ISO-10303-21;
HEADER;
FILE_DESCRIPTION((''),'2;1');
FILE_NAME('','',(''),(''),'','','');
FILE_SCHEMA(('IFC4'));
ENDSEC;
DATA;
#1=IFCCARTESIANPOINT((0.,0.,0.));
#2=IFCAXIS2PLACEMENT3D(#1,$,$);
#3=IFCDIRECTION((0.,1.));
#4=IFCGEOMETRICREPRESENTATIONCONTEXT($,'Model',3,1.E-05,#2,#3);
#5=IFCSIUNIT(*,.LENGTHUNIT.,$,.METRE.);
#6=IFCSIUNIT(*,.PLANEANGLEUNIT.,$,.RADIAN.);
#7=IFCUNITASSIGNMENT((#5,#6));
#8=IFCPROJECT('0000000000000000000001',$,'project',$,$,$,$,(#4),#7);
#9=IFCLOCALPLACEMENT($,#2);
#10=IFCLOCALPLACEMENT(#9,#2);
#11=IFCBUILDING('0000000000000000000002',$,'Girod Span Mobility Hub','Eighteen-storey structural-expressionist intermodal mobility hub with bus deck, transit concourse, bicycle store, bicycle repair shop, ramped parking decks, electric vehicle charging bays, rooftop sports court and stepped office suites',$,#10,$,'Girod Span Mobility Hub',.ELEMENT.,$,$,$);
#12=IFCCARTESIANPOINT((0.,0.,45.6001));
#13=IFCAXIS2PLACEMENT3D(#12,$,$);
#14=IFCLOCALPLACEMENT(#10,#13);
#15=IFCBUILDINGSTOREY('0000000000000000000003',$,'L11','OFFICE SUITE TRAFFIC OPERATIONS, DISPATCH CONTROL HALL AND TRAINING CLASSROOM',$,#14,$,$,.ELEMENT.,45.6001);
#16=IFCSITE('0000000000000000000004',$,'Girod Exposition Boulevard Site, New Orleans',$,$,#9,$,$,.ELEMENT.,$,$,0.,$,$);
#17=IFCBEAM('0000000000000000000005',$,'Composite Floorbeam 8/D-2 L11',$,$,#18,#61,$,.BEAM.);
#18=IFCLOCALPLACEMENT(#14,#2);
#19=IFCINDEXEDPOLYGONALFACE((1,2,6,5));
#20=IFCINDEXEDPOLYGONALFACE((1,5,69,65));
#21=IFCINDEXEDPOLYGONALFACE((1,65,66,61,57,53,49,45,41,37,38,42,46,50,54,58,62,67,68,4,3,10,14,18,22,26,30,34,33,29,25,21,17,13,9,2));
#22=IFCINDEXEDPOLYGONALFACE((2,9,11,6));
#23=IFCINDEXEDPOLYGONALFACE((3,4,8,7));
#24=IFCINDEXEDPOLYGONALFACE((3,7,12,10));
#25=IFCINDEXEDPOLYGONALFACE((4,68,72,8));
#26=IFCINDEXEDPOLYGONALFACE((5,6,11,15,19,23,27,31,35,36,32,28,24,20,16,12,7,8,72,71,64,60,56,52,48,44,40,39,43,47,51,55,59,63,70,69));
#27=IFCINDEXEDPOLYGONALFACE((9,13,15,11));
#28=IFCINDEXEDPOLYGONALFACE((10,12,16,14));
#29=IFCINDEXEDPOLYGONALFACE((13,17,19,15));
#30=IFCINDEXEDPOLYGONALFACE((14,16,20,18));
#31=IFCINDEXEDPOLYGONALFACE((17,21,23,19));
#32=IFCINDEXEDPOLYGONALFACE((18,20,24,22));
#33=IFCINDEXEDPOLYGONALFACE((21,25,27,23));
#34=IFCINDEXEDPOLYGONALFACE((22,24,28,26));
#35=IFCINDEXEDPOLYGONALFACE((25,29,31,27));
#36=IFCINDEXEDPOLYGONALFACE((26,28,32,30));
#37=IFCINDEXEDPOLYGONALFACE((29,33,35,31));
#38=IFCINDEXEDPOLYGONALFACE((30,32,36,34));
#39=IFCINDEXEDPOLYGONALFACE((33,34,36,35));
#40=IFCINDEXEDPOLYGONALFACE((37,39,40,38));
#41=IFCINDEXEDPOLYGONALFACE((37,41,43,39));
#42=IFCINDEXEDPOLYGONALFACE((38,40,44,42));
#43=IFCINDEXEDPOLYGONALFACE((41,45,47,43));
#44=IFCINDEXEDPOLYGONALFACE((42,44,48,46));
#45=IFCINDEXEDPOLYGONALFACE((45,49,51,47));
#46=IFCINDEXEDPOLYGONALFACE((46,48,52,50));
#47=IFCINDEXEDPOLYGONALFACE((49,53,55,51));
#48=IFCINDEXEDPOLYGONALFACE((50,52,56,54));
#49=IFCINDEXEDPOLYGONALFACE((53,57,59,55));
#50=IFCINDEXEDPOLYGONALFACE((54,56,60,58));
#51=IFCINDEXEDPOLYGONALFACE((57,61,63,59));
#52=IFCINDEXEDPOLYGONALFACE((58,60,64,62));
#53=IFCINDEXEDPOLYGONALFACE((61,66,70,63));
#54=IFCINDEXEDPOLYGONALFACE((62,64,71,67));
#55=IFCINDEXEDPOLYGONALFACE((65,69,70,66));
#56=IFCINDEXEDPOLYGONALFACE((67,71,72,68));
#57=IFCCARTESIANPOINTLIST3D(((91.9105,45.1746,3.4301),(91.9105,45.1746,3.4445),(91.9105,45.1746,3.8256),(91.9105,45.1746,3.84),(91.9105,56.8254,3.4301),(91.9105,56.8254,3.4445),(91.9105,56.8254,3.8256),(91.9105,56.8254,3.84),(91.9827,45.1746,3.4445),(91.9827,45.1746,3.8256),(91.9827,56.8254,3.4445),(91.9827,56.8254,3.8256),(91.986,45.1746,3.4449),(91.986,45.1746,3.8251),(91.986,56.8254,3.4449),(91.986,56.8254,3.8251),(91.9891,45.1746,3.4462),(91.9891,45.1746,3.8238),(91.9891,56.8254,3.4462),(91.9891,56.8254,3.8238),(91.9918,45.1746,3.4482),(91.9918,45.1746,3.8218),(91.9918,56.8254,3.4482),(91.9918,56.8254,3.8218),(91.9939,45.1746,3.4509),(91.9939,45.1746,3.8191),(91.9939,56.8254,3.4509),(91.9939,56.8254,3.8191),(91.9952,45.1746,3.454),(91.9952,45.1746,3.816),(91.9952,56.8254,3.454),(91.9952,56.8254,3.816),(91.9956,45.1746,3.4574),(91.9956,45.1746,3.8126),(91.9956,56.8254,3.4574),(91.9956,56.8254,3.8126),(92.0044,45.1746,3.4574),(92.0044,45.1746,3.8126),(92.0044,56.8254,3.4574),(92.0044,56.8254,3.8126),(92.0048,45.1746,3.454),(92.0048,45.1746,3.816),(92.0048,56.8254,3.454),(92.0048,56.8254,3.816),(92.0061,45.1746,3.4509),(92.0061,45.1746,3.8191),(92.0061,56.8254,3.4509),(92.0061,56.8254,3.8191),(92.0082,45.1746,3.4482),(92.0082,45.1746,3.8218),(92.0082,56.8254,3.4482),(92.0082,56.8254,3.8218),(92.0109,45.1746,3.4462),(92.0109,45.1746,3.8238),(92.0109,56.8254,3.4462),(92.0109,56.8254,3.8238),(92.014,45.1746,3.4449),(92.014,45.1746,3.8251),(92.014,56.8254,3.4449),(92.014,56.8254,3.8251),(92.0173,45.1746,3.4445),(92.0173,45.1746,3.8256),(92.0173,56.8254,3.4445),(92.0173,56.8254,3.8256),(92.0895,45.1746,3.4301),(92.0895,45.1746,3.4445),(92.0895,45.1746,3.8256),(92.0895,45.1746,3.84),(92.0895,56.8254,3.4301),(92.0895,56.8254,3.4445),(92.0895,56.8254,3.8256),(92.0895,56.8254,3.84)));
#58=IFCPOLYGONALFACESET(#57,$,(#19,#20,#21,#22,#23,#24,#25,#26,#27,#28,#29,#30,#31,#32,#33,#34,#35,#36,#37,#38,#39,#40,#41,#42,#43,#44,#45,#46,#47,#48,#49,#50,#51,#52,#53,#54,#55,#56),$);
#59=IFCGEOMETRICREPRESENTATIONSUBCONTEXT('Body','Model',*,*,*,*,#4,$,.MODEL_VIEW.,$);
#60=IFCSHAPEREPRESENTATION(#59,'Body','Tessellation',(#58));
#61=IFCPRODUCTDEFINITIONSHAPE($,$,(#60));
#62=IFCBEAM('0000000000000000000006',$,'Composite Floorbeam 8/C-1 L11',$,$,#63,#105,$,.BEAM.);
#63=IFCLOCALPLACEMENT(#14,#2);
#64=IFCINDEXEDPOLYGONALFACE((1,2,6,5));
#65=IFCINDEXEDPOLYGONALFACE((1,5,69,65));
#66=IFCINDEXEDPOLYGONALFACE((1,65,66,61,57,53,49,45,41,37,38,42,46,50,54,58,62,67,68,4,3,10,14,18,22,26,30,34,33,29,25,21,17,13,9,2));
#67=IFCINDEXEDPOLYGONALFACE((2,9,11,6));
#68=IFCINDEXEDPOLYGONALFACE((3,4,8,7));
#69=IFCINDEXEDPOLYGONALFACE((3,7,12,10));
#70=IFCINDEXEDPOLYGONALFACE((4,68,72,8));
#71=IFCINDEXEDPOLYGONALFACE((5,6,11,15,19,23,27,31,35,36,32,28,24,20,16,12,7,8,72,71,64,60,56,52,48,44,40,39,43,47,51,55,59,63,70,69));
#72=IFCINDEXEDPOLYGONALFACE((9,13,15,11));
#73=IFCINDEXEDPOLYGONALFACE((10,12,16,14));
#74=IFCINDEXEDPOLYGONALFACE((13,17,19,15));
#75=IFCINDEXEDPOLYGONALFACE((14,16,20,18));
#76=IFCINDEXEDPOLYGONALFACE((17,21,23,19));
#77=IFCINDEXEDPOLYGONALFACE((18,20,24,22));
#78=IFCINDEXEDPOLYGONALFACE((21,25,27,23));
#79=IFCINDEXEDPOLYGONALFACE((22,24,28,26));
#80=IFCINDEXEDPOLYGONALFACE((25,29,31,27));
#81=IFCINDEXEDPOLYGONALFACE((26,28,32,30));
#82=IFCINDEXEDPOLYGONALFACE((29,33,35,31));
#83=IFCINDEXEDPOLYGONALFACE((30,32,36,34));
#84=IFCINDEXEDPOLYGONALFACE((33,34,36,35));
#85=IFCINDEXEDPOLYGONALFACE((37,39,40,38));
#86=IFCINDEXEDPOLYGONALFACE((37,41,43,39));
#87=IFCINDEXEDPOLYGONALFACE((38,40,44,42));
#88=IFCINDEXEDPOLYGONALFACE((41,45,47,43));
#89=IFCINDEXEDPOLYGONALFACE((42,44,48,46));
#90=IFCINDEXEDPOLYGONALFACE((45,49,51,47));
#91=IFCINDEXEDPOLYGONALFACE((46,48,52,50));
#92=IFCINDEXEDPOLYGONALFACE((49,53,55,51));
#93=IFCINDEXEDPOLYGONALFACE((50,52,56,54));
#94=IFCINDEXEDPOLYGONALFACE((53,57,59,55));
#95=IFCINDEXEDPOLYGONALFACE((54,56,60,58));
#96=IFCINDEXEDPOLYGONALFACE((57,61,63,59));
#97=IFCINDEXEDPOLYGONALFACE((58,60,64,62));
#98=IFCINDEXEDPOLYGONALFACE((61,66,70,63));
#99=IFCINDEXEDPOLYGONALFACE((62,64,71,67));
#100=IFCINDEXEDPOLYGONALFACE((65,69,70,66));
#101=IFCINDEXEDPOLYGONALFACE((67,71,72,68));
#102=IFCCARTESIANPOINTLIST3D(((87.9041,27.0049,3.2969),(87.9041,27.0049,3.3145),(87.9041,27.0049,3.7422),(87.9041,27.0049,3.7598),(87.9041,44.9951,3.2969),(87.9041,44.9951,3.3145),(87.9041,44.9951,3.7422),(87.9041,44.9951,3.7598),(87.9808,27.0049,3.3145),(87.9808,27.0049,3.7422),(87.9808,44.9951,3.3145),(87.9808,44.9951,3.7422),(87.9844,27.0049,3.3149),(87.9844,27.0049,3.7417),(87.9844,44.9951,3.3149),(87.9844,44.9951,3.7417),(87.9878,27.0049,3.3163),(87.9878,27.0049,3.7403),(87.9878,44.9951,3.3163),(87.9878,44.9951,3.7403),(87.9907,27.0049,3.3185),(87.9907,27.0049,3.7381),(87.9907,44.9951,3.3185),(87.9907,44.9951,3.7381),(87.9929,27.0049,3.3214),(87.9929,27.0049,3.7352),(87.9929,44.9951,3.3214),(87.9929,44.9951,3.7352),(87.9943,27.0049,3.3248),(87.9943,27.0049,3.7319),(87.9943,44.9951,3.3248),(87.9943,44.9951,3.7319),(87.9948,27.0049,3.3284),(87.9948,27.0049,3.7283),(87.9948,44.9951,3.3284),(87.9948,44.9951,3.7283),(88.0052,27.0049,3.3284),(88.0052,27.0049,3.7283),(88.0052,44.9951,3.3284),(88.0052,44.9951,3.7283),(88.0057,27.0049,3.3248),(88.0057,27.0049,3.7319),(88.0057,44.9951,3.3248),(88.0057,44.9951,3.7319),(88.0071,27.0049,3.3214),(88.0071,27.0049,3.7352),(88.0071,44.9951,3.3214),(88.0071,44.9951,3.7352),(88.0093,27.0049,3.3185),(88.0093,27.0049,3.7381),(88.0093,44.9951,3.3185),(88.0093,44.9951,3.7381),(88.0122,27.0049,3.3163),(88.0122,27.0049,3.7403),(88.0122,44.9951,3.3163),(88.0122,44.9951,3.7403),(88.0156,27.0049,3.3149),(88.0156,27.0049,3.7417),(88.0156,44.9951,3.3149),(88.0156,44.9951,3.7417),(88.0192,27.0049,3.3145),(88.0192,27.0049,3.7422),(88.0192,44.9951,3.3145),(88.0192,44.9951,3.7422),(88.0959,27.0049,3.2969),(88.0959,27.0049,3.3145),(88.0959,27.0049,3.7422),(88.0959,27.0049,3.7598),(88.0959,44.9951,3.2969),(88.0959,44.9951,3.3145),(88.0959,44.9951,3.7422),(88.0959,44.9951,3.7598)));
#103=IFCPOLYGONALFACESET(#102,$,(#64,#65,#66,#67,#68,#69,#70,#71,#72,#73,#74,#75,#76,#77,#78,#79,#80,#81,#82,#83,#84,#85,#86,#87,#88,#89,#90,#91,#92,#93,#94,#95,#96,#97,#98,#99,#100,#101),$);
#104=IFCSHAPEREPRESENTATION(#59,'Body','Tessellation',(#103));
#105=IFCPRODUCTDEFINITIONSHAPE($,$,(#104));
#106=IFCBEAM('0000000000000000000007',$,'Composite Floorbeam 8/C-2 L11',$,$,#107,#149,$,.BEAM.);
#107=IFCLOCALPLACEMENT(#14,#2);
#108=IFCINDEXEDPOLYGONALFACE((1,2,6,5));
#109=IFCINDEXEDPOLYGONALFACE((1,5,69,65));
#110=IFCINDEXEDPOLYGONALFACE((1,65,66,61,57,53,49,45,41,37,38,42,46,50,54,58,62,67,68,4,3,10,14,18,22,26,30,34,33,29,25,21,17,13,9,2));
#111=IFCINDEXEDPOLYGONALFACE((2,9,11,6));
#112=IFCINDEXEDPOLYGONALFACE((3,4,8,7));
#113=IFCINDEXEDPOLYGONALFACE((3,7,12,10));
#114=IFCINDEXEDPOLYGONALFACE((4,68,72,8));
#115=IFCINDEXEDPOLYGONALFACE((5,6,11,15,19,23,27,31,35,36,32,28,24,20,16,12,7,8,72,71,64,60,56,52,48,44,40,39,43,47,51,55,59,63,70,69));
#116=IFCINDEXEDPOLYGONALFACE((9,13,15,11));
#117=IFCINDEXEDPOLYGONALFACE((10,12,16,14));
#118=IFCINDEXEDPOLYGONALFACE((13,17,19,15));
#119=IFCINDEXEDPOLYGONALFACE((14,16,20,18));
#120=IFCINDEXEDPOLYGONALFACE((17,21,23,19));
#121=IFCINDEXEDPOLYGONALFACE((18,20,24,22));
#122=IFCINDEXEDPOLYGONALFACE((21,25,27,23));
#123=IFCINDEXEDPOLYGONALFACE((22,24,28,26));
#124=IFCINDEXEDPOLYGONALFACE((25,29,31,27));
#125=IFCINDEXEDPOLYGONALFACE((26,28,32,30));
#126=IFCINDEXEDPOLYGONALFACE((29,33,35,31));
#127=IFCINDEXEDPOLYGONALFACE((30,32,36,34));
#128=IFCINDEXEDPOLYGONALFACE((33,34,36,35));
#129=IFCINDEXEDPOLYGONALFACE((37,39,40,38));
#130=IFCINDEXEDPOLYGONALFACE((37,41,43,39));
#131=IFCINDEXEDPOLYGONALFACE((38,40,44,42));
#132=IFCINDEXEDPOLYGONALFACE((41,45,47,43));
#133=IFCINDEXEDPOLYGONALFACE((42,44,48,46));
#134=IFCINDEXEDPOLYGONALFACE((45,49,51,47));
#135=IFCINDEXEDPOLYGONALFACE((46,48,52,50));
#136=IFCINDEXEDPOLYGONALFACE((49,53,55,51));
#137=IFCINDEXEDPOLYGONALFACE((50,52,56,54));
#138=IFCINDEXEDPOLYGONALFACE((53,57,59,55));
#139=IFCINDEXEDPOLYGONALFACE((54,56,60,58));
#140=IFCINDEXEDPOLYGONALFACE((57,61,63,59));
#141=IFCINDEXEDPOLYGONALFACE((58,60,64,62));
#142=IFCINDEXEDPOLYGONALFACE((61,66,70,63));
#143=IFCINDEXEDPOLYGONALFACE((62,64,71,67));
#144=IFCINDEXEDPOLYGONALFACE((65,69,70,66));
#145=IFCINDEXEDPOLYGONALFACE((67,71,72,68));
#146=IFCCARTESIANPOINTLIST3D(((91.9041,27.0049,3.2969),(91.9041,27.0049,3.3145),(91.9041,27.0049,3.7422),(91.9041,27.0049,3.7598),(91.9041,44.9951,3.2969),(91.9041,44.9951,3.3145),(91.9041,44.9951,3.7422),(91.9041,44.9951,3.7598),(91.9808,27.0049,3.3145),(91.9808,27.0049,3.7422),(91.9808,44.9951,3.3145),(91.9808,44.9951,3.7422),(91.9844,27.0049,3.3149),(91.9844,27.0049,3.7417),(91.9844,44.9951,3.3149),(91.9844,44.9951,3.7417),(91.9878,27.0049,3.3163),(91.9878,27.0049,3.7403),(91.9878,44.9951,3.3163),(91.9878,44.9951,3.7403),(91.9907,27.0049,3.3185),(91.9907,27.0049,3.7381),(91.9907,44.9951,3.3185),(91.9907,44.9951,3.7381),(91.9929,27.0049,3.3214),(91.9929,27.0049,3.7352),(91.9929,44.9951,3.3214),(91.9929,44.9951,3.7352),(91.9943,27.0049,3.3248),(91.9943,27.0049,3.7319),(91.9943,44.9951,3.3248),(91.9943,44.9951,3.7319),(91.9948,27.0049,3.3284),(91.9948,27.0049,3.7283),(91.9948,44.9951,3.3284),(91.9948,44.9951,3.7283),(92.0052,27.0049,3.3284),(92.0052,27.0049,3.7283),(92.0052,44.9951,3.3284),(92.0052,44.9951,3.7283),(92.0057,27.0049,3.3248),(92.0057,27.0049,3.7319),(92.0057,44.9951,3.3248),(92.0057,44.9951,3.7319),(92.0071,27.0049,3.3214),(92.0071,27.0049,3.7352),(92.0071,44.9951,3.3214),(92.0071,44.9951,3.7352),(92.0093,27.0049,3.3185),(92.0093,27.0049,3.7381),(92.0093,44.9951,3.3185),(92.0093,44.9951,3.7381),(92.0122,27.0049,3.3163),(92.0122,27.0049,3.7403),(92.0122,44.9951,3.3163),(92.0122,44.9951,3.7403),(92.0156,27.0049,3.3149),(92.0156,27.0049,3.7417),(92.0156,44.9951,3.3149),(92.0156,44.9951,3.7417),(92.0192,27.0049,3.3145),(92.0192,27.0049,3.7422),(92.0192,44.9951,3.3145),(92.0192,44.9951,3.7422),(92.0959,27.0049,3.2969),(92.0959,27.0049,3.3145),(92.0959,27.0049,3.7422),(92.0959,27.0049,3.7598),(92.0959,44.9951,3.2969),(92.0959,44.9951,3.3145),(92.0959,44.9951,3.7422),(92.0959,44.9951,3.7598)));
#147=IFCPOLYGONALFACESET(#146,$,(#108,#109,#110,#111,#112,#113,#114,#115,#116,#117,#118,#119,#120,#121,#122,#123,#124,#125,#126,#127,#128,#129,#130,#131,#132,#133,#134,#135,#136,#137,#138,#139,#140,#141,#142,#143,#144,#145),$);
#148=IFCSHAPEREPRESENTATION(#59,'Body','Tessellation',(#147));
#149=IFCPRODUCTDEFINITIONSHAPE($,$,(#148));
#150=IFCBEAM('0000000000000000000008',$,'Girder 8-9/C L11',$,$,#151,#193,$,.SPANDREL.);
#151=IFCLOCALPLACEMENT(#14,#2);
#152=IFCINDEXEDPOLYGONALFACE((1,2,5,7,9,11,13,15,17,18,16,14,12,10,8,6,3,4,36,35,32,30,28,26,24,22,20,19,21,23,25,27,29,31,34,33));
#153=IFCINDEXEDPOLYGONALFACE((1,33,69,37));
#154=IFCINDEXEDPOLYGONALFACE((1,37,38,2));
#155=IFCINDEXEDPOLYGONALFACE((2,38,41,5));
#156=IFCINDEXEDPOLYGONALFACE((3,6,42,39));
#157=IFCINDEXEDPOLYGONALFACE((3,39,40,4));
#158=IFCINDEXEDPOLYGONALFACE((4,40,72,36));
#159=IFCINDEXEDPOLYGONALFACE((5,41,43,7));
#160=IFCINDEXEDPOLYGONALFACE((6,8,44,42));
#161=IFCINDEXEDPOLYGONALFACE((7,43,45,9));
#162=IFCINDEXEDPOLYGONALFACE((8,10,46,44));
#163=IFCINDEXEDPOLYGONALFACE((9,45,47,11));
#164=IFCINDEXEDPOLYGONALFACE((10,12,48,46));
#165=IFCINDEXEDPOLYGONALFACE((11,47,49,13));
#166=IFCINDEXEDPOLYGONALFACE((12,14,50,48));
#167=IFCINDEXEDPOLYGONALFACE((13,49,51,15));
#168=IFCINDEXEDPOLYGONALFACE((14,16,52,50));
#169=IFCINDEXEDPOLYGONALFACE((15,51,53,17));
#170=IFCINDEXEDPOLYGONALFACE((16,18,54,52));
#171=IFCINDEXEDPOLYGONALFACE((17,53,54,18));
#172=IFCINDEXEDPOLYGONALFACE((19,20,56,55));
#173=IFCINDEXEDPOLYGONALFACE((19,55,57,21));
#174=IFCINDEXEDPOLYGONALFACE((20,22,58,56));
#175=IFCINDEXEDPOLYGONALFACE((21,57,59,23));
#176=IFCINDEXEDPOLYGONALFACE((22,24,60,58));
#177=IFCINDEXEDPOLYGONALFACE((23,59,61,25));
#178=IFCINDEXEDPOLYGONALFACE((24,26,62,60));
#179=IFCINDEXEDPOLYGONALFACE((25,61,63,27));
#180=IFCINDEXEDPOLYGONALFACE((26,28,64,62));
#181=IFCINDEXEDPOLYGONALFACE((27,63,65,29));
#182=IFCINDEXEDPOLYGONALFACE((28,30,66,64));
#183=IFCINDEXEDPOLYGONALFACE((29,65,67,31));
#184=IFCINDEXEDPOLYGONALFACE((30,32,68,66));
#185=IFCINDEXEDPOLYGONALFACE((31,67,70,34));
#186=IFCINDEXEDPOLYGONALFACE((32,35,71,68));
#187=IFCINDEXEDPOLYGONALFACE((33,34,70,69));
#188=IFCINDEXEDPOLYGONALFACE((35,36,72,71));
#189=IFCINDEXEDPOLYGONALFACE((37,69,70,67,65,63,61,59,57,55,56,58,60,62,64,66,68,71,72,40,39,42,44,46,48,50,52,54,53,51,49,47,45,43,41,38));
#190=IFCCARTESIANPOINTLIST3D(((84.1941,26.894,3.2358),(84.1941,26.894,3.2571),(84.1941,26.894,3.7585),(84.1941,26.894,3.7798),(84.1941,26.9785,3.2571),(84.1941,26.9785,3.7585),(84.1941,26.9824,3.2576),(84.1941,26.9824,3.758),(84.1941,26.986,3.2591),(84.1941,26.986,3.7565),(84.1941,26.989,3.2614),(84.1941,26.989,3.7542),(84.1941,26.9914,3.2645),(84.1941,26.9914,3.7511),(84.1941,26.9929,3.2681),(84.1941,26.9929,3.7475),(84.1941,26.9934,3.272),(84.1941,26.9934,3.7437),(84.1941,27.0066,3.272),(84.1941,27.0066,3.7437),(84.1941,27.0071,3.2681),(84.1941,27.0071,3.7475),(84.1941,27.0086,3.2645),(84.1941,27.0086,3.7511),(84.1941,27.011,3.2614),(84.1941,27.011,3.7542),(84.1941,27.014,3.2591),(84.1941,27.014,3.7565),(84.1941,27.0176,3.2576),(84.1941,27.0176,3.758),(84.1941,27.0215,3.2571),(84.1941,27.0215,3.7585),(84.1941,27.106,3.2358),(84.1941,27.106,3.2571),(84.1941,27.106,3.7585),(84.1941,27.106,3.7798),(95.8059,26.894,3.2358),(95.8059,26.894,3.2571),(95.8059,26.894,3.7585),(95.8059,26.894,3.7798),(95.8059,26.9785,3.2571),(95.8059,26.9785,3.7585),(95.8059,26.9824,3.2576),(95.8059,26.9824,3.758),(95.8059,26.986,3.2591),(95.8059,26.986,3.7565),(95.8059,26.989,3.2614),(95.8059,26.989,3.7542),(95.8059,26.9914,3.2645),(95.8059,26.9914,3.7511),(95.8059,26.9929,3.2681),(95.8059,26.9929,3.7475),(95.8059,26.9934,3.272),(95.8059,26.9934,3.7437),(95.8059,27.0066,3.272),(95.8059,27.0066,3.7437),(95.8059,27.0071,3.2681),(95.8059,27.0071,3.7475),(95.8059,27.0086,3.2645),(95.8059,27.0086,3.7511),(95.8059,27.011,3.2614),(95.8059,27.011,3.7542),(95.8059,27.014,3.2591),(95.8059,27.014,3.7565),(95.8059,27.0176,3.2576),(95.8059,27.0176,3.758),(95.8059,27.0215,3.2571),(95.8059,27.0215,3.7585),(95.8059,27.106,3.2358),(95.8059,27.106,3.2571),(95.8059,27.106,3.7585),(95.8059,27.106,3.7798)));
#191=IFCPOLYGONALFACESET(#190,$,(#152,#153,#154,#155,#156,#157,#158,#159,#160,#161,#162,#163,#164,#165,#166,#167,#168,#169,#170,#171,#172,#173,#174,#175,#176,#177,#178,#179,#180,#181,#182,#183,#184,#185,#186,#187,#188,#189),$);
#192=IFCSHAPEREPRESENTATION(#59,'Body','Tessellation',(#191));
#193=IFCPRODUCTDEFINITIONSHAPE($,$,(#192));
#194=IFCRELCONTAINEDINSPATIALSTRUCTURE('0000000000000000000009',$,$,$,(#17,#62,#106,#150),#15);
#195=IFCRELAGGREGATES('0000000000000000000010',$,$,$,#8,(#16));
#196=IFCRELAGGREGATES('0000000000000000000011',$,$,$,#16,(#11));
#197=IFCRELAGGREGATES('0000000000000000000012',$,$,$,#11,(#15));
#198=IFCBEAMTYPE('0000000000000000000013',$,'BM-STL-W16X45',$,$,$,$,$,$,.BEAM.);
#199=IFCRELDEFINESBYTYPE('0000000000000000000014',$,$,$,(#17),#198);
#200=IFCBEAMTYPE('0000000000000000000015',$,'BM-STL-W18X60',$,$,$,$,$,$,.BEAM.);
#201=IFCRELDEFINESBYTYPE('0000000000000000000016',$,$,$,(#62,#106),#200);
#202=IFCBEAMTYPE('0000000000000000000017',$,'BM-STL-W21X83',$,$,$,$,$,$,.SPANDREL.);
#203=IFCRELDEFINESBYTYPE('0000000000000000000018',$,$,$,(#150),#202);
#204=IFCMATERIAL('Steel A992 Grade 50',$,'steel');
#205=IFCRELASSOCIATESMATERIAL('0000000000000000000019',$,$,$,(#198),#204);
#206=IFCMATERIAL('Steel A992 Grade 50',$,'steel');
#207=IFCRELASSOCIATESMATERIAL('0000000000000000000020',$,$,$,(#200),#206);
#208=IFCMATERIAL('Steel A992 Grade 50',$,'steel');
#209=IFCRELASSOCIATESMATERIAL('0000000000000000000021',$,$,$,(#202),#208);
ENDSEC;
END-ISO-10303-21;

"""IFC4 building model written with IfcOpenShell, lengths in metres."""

from ifc_helpers import new_model, si_unit, direction, frame, origin, origin_2d, place, context, subcontext, project, spatial, i_section, extrude, material, material_profile, profile_set, type_object, element, save


model = new_model("IFC4")

# Units and contexts
model_context = context("Model", 3, precision=1e-05, world=origin(), true_north=direction((0.0, 1.0)))
body_context = subcontext(model_context, "Body", "Model", "MODEL_VIEW")
ifc_project = project(units=[si_unit("LENGTHUNIT", "METRE"), si_unit("PLANEANGLEUNIT", "RADIAN")], contexts=[model_context])

# Site, building, storey
site_placement = place(None, origin())
site = spatial("IfcSite", under=ifc_project, at=site_placement, Name="Girod Exposition Boulevard Site, New Orleans", CompositionType="ELEMENT", RefElevation=0.0)
building_placement = place(site_placement, origin())
building = spatial("IfcBuilding", under=site, at=building_placement, Name="Girod Span Mobility Hub", Description="Eighteen-storey structural-expressionist intermodal mobility hub with bus deck, transit concourse, bicycle store, bicycle repair shop, ramped parking decks, electric vehicle charging bays, rooftop sports court and stepped office suites", LongName="Girod Span Mobility Hub", CompositionType="ELEMENT")
storey_placement = place(building_placement, frame((0.0, 0.0, 45.6001)))
storey = spatial("IfcBuildingStorey", under=building, at=storey_placement, Name="L11", Description="OFFICE SUITE TRAFFIC OPERATIONS, DISPATCH CONTROL HALL AND TRAINING CLASSROOM", CompositionType="ELEMENT", Elevation=45.6001)

# Beams
ifc_material_1 = material(Name="Steel A992 Grade 50", Category="steel")
ifc_material_profile_1 = material_profile(ifc_material_1, i_section(OverallWidth=0.179, OverallDepth=0.4099, WebThickness=0.0088, FlangeThickness=0.0144, FilletRadius=0.0129, at=origin_2d()), Name="W16X45")
ifc_profile_set_1 = profile_set([ifc_material_profile_1], Name="Steel A992 Grade 50")
beam_type_1 = type_object("IfcBeamType", Name="BM-STL-W16X45", PredefinedType="BEAM", material=ifc_profile_set_1)
for number, where, z_axis, x_axis, name in (
    (1, (92.0, 45.1746, 3.635), (0.0, 1.0, 0.0), (-1.0, 0.0, 0.0), "Composite Floorbeam 8/D-2 L11"),
):
    element("IfcBeam", number, at=place(storey_placement, frame(where, z_axis=z_axis, x_axis=x_axis)), inside=storey, type_object=beam_type_1, Name=name, PredefinedType="BEAM", context=body_context, shape_type="SweptSolid", body=[
        extrude(i_section(OverallWidth=0.179, OverallDepth=0.4099, WebThickness=0.0088, FlangeThickness=0.0144, FilletRadius=0.0129, at=origin_2d()), origin(), (0.0, 0.0, 1.0), 11.6509),
    ])
ifc_material_2 = material(Name="Steel A992 Grade 50", Category="steel")
ifc_material_profile_2 = material_profile(ifc_material_2, i_section(OverallWidth=0.1919, OverallDepth=0.4629, WebThickness=0.0105, FlangeThickness=0.0176, FilletRadius=0.0139, at=origin_2d()), Name="W18X60")
ifc_profile_set_2 = profile_set([ifc_material_profile_2], Name="Steel A992 Grade 50")
beam_type_2 = type_object("IfcBeamType", Name="BM-STL-W18X60", PredefinedType="BEAM", material=ifc_profile_set_2)
for number, where, z_axis, x_axis, name in (
    (2, (88.0, 27.0049, 3.5283), (0.0, 1.0, 0.0), (-1.0, 0.0, 0.0), "Composite Floorbeam 8/C-1 L11"),
    (3, (92.0, 27.0049, 3.5283), (0.0, 1.0, 0.0), (-1.0, 0.0, 0.0), "Composite Floorbeam 8/C-2 L11"),
):
    element("IfcBeam", number, at=place(storey_placement, frame(where, z_axis=z_axis, x_axis=x_axis)), inside=storey, type_object=beam_type_2, Name=name, PredefinedType="BEAM", context=body_context, shape_type="SweptSolid", body=[
        extrude(i_section(OverallWidth=0.1919, OverallDepth=0.4629, WebThickness=0.0105, FlangeThickness=0.0176, FilletRadius=0.0139, at=origin_2d()), origin(), (0.0, 0.0, 1.0), 17.9902),
    ])
ifc_material_3 = material(Name="Steel A992 Grade 50", Category="steel")
ifc_material_profile_3 = material_profile(ifc_material_3, i_section(OverallWidth=0.2119, OverallDepth=0.5439, WebThickness=0.0132, FlangeThickness=0.0212, FilletRadius=0.0149, at=origin_2d()), Name="W21X83")
ifc_profile_set_3 = profile_set([ifc_material_profile_3], Name="Steel A992 Grade 50")
beam_type_3 = type_object("IfcBeamType", Name="BM-STL-W21X83", PredefinedType="SPANDREL", material=ifc_profile_set_3)
beam_1_placement = place(storey_placement, frame((84.1941, 27.0, 3.5078), z_axis=(1.0, 0.0, 0.0), x_axis=(0.0, 1.0, 0.0)))
element("IfcBeam", 4, at=beam_1_placement, inside=storey, type_object=beam_type_3, Name="Girder 8-9/C L11", PredefinedType="SPANDREL", context=body_context, shape_type="SweptSolid", body=[
    extrude(i_section(OverallWidth=0.2119, OverallDepth=0.5439, WebThickness=0.0132, FlangeThickness=0.0212, FilletRadius=0.0149, at=origin_2d()), origin(), (0.0, 0.0, 1.0), 11.6118),
])

save(model, "model.ifc")
